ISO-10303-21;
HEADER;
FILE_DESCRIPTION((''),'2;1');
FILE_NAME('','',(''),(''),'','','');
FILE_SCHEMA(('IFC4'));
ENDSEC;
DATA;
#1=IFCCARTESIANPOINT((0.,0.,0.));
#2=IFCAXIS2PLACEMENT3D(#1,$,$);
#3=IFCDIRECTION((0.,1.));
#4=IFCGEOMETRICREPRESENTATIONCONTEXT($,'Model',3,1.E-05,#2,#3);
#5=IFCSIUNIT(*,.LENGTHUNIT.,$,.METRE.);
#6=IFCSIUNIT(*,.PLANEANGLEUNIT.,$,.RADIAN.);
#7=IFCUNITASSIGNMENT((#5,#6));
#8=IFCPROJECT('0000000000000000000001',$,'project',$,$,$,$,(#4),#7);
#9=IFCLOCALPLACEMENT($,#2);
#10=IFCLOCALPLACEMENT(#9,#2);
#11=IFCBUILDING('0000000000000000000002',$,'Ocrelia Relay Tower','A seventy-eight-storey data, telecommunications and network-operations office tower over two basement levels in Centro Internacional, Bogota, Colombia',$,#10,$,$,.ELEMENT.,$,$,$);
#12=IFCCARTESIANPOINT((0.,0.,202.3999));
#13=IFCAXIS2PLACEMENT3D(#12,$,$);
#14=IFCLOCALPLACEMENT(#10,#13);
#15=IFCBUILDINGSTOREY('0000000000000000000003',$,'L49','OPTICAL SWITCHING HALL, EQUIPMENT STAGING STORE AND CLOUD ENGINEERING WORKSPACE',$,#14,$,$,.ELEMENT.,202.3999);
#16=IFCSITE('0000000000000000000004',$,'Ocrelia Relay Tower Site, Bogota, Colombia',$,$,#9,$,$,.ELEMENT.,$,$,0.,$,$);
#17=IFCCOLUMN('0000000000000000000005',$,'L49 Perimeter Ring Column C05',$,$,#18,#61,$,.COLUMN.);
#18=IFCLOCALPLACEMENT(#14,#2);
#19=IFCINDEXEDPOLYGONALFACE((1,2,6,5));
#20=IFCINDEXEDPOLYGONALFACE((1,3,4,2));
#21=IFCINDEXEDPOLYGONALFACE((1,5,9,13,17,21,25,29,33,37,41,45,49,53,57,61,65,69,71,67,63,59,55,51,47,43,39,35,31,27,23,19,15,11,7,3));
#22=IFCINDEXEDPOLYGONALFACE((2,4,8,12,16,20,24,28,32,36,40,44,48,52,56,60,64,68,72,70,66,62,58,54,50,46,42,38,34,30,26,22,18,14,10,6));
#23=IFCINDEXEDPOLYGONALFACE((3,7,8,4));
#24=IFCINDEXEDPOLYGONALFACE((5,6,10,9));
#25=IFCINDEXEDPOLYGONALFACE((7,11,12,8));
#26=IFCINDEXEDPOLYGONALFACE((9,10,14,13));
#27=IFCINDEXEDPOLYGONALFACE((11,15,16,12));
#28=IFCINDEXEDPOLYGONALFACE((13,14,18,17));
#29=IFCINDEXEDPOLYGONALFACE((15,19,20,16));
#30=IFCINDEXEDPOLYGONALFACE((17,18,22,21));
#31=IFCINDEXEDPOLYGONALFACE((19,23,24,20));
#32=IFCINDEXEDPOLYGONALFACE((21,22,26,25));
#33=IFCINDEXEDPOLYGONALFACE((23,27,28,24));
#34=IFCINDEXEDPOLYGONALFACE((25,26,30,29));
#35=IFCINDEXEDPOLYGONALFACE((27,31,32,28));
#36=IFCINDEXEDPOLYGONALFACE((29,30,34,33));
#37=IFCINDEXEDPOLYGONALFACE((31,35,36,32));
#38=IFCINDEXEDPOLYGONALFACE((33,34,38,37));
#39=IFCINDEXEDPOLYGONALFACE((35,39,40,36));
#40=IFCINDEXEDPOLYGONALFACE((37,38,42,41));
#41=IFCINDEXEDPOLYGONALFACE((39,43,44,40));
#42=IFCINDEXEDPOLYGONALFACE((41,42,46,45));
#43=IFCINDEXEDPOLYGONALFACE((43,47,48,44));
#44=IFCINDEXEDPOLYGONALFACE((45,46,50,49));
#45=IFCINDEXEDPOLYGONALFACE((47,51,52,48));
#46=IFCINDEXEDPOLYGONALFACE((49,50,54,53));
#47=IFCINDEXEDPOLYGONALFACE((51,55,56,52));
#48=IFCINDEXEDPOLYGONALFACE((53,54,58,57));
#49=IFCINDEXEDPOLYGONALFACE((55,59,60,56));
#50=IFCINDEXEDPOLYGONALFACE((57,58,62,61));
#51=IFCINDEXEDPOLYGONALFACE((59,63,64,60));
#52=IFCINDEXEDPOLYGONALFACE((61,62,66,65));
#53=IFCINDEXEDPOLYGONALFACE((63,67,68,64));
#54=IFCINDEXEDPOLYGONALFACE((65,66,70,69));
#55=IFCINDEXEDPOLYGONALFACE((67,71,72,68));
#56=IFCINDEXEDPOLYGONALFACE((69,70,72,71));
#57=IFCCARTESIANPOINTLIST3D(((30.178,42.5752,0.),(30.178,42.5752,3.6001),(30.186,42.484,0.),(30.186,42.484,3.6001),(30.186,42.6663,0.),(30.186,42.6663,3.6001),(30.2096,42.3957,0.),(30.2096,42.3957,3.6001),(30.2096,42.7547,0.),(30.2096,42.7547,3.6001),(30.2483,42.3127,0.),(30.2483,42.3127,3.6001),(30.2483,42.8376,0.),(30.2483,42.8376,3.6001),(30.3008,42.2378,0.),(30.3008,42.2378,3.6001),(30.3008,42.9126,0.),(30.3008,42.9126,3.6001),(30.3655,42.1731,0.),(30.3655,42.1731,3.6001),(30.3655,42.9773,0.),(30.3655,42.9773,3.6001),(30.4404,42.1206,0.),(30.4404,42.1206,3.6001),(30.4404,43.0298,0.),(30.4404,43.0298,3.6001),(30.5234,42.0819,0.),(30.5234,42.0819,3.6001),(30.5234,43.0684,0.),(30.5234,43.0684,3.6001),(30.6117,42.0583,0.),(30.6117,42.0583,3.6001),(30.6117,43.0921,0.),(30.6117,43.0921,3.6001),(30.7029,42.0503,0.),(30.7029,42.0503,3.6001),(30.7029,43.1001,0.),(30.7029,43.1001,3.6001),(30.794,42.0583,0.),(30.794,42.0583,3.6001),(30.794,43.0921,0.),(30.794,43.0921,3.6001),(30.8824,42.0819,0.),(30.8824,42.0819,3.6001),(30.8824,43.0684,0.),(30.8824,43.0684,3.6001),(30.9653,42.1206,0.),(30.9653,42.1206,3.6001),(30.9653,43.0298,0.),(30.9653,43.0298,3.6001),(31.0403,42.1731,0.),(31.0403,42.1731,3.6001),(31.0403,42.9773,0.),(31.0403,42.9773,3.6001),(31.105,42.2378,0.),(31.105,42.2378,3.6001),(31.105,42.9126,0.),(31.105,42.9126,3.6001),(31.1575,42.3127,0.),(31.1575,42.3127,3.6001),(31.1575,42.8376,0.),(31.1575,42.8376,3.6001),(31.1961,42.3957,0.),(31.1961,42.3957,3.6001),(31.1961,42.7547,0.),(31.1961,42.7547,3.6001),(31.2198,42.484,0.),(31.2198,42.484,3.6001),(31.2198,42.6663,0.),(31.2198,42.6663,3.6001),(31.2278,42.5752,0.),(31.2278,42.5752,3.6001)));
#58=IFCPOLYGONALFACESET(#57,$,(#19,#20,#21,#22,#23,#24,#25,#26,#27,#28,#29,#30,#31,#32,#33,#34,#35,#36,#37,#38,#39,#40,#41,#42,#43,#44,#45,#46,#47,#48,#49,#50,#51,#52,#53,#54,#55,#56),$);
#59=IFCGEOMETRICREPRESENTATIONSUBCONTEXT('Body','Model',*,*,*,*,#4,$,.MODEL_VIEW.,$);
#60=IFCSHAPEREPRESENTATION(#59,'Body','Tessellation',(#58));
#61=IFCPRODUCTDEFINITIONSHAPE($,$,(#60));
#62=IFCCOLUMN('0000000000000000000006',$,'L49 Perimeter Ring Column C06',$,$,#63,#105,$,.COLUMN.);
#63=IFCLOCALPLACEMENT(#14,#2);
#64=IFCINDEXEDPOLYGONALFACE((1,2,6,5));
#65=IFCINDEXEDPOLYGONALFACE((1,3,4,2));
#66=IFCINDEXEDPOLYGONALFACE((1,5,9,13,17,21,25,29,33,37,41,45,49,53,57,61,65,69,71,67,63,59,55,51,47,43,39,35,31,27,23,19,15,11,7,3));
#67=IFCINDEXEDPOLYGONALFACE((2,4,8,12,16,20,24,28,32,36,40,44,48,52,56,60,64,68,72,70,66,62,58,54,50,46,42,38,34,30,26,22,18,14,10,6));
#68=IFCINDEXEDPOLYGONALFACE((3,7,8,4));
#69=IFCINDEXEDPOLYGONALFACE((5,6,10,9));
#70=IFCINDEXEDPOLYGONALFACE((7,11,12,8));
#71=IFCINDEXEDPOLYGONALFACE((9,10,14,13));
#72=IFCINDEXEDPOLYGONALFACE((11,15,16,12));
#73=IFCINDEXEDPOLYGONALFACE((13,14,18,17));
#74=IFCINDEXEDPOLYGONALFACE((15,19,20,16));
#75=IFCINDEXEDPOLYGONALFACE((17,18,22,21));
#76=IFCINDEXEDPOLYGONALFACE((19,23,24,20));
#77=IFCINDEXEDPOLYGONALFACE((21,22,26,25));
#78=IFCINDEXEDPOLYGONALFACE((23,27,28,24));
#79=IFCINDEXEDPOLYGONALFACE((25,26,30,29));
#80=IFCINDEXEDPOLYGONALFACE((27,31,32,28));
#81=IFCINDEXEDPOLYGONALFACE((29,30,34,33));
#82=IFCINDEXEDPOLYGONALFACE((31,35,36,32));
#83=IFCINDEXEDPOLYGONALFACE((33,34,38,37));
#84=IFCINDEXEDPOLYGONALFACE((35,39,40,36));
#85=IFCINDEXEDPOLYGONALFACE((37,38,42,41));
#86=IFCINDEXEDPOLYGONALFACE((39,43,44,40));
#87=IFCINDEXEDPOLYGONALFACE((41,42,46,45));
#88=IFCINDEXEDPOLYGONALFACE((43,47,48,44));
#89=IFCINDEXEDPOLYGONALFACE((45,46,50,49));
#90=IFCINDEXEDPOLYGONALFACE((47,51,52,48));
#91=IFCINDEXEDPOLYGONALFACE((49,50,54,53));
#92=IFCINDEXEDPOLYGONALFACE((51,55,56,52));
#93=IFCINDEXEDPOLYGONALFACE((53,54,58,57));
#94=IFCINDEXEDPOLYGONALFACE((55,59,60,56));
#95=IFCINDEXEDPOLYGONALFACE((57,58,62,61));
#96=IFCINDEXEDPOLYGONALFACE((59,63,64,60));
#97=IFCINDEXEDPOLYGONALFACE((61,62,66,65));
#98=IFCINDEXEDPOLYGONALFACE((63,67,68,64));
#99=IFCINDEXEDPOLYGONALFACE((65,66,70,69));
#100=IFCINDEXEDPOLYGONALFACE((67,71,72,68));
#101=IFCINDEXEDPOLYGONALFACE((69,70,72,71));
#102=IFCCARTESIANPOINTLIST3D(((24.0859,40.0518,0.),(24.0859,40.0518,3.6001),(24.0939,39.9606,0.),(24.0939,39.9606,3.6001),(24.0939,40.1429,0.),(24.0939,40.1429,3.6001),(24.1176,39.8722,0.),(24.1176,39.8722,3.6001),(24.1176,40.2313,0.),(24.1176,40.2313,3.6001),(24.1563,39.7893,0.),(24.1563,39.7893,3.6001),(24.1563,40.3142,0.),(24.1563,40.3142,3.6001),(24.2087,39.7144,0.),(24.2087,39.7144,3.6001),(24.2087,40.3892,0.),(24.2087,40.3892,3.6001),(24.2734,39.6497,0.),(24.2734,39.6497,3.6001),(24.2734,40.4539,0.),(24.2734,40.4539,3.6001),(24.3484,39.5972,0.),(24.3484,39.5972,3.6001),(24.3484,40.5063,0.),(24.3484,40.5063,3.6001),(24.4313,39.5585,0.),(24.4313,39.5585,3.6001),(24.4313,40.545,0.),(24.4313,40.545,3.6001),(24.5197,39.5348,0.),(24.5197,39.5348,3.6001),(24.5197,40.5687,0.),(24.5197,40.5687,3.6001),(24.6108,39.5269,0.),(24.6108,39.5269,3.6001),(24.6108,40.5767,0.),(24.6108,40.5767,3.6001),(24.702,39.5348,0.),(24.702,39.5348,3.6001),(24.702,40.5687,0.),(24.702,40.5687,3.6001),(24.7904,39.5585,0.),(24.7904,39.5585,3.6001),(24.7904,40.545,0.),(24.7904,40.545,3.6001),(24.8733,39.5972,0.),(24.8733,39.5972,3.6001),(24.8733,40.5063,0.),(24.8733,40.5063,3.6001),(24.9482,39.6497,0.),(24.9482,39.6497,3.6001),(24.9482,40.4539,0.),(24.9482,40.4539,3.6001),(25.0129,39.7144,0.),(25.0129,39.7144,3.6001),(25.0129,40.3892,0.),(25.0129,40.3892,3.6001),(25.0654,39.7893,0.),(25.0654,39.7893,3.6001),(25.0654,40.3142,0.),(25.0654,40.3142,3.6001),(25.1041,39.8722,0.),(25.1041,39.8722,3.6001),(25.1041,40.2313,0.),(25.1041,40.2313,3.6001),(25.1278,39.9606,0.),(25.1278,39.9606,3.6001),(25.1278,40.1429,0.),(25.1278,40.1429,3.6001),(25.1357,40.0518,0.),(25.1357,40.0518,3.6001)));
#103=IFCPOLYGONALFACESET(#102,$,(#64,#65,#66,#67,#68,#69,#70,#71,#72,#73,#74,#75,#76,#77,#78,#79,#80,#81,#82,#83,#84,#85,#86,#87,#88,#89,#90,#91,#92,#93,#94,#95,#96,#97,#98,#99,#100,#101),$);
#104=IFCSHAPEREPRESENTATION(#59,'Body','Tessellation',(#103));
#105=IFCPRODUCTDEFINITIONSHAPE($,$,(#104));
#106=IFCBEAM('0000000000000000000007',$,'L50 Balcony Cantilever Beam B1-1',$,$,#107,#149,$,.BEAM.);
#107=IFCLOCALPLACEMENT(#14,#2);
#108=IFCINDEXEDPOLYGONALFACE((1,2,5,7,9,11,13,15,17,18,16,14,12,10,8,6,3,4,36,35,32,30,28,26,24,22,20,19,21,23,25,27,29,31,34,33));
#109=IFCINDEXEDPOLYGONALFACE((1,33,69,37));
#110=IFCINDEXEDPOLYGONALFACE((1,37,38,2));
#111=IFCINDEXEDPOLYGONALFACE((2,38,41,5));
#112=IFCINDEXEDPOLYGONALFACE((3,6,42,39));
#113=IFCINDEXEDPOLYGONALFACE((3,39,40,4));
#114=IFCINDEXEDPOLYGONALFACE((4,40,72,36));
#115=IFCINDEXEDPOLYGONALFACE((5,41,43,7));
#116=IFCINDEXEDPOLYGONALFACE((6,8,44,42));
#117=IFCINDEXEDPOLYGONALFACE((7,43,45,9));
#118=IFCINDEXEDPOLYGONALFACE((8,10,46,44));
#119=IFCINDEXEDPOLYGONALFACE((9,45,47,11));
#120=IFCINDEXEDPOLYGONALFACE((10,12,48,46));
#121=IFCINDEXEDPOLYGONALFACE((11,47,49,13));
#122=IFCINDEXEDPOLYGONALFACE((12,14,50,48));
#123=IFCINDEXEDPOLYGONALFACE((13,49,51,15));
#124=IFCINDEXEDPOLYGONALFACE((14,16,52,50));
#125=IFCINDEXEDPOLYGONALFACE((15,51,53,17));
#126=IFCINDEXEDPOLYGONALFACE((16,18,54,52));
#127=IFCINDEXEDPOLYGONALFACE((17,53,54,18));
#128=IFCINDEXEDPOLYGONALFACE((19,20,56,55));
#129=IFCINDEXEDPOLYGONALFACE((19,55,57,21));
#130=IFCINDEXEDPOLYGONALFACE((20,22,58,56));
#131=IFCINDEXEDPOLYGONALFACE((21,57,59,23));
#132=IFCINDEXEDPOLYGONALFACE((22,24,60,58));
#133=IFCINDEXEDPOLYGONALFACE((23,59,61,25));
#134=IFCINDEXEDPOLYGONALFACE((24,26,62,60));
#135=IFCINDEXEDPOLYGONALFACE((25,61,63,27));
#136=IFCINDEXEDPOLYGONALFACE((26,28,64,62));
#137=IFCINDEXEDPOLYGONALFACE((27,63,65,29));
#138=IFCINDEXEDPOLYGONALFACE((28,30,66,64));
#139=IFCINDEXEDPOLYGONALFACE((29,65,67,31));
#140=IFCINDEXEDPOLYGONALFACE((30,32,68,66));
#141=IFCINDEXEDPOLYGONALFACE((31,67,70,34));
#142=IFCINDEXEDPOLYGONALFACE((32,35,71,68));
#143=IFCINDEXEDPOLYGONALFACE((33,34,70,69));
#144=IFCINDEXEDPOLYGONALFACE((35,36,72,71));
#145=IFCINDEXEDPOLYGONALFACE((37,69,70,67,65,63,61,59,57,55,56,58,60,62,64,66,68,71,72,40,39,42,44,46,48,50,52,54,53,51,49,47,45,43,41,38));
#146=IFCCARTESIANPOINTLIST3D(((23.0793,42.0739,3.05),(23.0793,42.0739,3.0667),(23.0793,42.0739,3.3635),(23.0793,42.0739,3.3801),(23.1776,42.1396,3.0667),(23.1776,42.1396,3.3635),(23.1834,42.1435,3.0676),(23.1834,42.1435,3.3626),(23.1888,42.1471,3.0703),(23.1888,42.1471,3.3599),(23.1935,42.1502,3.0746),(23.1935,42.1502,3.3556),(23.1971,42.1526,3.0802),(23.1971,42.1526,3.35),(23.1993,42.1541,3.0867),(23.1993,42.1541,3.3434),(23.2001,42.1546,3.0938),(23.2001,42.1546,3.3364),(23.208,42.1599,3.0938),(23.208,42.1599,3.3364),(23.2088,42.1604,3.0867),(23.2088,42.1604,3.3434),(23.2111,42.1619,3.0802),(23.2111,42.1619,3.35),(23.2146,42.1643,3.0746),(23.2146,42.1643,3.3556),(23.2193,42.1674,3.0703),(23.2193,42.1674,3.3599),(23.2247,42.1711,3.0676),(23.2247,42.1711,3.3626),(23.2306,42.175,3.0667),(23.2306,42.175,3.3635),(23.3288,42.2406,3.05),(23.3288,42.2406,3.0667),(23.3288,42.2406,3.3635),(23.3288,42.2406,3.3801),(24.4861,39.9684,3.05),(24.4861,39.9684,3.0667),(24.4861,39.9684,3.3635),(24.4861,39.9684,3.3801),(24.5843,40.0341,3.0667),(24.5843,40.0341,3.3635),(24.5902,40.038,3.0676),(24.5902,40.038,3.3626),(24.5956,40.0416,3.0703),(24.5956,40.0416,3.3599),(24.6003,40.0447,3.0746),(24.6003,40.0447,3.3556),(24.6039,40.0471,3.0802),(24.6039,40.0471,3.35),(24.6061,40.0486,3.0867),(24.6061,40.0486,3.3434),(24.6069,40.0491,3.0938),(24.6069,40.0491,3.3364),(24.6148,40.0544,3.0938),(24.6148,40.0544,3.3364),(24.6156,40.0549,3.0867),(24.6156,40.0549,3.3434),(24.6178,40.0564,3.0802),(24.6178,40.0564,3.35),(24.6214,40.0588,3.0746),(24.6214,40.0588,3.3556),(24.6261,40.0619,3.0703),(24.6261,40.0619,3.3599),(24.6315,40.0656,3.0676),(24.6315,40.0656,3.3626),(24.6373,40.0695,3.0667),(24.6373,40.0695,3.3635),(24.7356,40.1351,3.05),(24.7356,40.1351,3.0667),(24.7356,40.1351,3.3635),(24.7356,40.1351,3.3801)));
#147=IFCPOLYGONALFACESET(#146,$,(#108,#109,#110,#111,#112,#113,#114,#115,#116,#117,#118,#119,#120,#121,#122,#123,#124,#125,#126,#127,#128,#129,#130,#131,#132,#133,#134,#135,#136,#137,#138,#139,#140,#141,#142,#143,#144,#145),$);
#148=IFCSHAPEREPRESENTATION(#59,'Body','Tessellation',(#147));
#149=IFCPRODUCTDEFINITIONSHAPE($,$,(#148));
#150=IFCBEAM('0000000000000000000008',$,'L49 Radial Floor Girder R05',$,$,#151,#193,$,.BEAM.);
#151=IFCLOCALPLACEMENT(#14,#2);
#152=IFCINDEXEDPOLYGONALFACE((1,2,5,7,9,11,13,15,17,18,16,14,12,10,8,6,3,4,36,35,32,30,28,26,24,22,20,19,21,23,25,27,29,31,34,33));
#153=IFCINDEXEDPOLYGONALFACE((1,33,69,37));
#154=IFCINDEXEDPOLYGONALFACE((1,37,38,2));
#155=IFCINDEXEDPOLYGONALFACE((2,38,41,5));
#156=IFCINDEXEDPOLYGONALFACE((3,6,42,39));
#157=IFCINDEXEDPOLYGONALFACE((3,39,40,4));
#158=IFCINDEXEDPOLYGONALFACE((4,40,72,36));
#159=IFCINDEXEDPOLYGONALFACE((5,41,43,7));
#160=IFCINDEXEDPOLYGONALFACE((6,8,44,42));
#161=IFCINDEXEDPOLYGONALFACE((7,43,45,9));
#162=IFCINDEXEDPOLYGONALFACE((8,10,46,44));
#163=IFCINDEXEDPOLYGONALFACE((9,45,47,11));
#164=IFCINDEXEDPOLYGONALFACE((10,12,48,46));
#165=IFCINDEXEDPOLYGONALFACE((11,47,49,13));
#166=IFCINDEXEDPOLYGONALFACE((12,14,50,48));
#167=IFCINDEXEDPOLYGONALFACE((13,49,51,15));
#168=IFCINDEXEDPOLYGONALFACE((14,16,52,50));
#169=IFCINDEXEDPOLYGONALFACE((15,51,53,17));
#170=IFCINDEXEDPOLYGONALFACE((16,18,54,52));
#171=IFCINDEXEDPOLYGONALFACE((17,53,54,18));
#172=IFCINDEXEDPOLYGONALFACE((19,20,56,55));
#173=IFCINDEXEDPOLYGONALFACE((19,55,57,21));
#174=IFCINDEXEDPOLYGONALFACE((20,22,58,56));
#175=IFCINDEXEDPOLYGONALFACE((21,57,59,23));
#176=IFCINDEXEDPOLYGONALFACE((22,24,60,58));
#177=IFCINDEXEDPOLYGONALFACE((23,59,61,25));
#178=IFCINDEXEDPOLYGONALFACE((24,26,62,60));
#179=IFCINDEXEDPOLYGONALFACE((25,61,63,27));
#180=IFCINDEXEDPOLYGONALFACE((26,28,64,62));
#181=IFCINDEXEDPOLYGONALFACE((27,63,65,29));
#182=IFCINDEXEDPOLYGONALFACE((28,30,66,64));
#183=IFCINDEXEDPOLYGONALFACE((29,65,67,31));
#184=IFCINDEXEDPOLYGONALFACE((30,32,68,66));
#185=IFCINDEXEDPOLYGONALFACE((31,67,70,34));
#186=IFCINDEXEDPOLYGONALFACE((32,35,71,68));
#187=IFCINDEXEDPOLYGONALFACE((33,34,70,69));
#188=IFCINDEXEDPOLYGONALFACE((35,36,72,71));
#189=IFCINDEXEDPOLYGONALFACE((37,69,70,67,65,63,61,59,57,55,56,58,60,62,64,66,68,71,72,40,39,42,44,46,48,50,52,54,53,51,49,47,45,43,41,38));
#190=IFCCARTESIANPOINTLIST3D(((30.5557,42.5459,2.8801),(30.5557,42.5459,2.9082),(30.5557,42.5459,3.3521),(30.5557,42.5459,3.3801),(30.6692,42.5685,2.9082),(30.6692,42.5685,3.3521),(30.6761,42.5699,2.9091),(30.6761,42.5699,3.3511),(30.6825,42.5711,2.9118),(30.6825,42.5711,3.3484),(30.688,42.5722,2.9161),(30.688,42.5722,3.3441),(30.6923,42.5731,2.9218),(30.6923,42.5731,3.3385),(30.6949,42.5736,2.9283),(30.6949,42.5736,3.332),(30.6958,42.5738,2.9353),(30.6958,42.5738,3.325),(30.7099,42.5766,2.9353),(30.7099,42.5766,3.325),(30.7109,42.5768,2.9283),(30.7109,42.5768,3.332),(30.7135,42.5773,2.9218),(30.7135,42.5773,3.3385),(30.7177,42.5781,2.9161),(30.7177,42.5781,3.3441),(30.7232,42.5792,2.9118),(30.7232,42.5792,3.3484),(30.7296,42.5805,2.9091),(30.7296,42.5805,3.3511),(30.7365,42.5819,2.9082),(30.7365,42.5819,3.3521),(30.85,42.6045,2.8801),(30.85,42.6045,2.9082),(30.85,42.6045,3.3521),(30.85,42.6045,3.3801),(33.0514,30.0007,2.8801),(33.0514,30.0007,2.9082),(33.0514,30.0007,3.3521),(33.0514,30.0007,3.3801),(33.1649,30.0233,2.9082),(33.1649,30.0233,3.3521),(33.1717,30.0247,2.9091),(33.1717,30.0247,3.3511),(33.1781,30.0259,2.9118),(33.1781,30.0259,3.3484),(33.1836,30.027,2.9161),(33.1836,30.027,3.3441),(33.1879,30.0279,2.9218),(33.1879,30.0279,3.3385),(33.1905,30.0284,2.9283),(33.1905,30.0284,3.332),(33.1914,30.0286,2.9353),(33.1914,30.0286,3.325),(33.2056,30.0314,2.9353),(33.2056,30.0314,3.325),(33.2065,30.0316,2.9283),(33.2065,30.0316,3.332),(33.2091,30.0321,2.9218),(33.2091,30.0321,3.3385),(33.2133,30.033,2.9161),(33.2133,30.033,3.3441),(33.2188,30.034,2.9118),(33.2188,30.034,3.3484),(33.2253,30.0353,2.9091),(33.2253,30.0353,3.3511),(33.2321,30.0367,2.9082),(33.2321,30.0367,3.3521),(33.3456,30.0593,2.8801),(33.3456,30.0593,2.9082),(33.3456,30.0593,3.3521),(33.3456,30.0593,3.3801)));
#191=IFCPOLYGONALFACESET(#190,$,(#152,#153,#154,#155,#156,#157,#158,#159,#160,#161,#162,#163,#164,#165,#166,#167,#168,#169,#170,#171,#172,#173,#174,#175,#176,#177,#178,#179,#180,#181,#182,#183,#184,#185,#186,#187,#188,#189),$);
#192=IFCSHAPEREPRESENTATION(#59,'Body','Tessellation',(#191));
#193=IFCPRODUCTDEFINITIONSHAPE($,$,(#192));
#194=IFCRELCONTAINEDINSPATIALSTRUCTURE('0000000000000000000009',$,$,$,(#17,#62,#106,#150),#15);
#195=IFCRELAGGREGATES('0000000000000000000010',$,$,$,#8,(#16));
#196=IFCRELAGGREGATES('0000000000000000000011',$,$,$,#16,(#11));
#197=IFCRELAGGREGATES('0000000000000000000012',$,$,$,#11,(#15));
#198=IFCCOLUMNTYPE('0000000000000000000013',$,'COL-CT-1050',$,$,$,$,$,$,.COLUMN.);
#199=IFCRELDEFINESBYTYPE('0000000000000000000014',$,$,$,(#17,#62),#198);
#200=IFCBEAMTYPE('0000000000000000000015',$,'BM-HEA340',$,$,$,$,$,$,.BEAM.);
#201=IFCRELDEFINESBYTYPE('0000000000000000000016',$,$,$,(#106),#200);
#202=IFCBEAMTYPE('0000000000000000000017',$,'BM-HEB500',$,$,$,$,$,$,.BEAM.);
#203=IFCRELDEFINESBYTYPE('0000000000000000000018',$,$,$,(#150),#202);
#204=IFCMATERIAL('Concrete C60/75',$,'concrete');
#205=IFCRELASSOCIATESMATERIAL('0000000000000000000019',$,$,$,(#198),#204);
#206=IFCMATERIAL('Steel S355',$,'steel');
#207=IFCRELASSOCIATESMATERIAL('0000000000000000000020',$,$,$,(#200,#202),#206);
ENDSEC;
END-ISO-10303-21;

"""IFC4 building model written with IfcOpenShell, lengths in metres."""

from ifc_helpers import new_model, si_unit, direction, frame, origin, origin_2d, place, context, subcontext, project, spatial, circle, i_section, extrude, material, material_profile, profile_set, type_object, element, save


model = new_model("IFC4")

# Units and contexts
model_context = context("Model", 3, precision=1e-05, world=origin(), true_north=direction((0.0, 1.0)))
body_context = subcontext(model_context, "Body", "Model", "MODEL_VIEW")
ifc_project = project(units=[si_unit("LENGTHUNIT", "METRE"), si_unit("PLANEANGLEUNIT", "RADIAN")], contexts=[model_context])

# Site, building, storey
site_placement = place(None, origin())
site = spatial("IfcSite", under=ifc_project, at=site_placement, Name="Ocrelia Relay Tower Site, Bogota, Colombia", CompositionType="ELEMENT", RefElevation=0.0)
building_placement = place(site_placement, origin())
building = spatial("IfcBuilding", under=site, at=building_placement, Name="Ocrelia Relay Tower", Description="A seventy-eight-storey data, telecommunications and network-operations office tower over two basement levels in Centro Internacional, Bogota, Colombia", CompositionType="ELEMENT")
storey_placement = place(building_placement, frame((0.0, 0.0, 202.3999)))
storey = spatial("IfcBuildingStorey", under=building, at=storey_placement, Name="L49", Description="OPTICAL SWITCHING HALL, EQUIPMENT STAGING STORE AND CLOUD ENGINEERING WORKSPACE", CompositionType="ELEMENT", Elevation=202.3999)

# Columns
ifc_material_1 = material(Name="Concrete C60/75", Category="concrete")
ifc_material_profile_1 = material_profile(ifc_material_1, circle(Radius=0.5249, at=origin_2d()), Name="RC-CIR-1050")
ifc_profile_set_1 = profile_set([ifc_material_profile_1], Name="Concrete C60/75")
column_type = type_object("IfcColumnType", Name="COL-CT-1050", PredefinedType="COLUMN", material=ifc_profile_set_1)
for number, where, z_axis, x_axis, name in (
    (1, (30.7029, 42.5752, 0.0), (0.0, 0.0, 1.0), (1.0, 0.0, 0.0), "L49 Perimeter Ring Column C05"),
    (2, (24.6108, 40.0518, 0.0), (0.0, 0.0, 1.0), (1.0, 0.0, 0.0), "L49 Perimeter Ring Column C06"),
):
    element("IfcColumn", number, at=place(storey_placement, frame(where, z_axis=z_axis, x_axis=x_axis)), inside=storey, type_object=column_type, Name=name, PredefinedType="COLUMN", context=body_context, shape_type="SweptSolid", body=[
        extrude(circle(Radius=0.5249, at=origin_2d()), origin(), (0.0, 0.0, 1.0), 3.6001),
    ])

# Beams
ifc_material_2 = material(Name="Steel S355", Category="steel")
ifc_material_profile_2 = material_profile(ifc_material_2, i_section(OverallWidth=0.3, OverallDepth=0.3301, WebThickness=0.0095, FlangeThickness=0.0166, FilletRadius=0.0271, at=origin_2d()), Name="HEA 340")
ifc_profile_set_2 = profile_set([ifc_material_profile_2], Name="Steel S355")
beam_type_1 = type_object("IfcBeamType", Name="BM-HEA340", PredefinedType="BEAM", material=ifc_profile_set_2)
beam_1_placement = place(storey_placement, frame((24.6108, 40.0518, 3.2151), z_axis=(-0.555545, 0.831486, 0.0), x_axis=(-0.831486, -0.555545, 0.0)))
element("IfcBeam", 3, at=beam_1_placement, inside=storey, type_object=beam_type_1, Name="L50 Balcony Cantilever Beam B1-1", PredefinedType="BEAM", context=body_context, shape_type="SweptSolid", body=[
    extrude(i_section(OverallWidth=0.3, OverallDepth=0.3301, WebThickness=0.0095, FlangeThickness=0.0166, FilletRadius=0.0271, at=origin_2d()), origin(), (0.0, 0.0, 1.0), 2.5322),
])
ifc_material_profile_3 = material_profile(ifc_material_2, i_section(OverallWidth=0.3, OverallDepth=0.5, WebThickness=0.0144, FlangeThickness=0.0281, FilletRadius=0.0271, at=origin_2d()), Name="HEB 500")
ifc_profile_set_3 = profile_set([ifc_material_profile_3], Name="Steel S355")
beam_type_2 = type_object("IfcBeamType", Name="BM-HEB500", PredefinedType="BEAM", material=ifc_profile_set_3)
beam_2_placement = place(storey_placement, frame((30.7029, 42.5752, 3.1301), z_axis=(0.195107, -0.980782, 0.0), x_axis=(0.980782, 0.195107, 0.0)))
element("IfcBeam", 4, at=beam_2_placement, inside=storey, type_object=beam_type_2, Name="L49 Radial Floor Girder R05", PredefinedType="BEAM", context=body_context, shape_type="SweptSolid", body=[
    extrude(i_section(OverallWidth=0.3, OverallDepth=0.5, WebThickness=0.0144, FlangeThickness=0.0281, FilletRadius=0.0271, at=origin_2d()), origin(), (0.0, 0.0, 1.0), 12.791),
])

save(model, "model.ifc")
